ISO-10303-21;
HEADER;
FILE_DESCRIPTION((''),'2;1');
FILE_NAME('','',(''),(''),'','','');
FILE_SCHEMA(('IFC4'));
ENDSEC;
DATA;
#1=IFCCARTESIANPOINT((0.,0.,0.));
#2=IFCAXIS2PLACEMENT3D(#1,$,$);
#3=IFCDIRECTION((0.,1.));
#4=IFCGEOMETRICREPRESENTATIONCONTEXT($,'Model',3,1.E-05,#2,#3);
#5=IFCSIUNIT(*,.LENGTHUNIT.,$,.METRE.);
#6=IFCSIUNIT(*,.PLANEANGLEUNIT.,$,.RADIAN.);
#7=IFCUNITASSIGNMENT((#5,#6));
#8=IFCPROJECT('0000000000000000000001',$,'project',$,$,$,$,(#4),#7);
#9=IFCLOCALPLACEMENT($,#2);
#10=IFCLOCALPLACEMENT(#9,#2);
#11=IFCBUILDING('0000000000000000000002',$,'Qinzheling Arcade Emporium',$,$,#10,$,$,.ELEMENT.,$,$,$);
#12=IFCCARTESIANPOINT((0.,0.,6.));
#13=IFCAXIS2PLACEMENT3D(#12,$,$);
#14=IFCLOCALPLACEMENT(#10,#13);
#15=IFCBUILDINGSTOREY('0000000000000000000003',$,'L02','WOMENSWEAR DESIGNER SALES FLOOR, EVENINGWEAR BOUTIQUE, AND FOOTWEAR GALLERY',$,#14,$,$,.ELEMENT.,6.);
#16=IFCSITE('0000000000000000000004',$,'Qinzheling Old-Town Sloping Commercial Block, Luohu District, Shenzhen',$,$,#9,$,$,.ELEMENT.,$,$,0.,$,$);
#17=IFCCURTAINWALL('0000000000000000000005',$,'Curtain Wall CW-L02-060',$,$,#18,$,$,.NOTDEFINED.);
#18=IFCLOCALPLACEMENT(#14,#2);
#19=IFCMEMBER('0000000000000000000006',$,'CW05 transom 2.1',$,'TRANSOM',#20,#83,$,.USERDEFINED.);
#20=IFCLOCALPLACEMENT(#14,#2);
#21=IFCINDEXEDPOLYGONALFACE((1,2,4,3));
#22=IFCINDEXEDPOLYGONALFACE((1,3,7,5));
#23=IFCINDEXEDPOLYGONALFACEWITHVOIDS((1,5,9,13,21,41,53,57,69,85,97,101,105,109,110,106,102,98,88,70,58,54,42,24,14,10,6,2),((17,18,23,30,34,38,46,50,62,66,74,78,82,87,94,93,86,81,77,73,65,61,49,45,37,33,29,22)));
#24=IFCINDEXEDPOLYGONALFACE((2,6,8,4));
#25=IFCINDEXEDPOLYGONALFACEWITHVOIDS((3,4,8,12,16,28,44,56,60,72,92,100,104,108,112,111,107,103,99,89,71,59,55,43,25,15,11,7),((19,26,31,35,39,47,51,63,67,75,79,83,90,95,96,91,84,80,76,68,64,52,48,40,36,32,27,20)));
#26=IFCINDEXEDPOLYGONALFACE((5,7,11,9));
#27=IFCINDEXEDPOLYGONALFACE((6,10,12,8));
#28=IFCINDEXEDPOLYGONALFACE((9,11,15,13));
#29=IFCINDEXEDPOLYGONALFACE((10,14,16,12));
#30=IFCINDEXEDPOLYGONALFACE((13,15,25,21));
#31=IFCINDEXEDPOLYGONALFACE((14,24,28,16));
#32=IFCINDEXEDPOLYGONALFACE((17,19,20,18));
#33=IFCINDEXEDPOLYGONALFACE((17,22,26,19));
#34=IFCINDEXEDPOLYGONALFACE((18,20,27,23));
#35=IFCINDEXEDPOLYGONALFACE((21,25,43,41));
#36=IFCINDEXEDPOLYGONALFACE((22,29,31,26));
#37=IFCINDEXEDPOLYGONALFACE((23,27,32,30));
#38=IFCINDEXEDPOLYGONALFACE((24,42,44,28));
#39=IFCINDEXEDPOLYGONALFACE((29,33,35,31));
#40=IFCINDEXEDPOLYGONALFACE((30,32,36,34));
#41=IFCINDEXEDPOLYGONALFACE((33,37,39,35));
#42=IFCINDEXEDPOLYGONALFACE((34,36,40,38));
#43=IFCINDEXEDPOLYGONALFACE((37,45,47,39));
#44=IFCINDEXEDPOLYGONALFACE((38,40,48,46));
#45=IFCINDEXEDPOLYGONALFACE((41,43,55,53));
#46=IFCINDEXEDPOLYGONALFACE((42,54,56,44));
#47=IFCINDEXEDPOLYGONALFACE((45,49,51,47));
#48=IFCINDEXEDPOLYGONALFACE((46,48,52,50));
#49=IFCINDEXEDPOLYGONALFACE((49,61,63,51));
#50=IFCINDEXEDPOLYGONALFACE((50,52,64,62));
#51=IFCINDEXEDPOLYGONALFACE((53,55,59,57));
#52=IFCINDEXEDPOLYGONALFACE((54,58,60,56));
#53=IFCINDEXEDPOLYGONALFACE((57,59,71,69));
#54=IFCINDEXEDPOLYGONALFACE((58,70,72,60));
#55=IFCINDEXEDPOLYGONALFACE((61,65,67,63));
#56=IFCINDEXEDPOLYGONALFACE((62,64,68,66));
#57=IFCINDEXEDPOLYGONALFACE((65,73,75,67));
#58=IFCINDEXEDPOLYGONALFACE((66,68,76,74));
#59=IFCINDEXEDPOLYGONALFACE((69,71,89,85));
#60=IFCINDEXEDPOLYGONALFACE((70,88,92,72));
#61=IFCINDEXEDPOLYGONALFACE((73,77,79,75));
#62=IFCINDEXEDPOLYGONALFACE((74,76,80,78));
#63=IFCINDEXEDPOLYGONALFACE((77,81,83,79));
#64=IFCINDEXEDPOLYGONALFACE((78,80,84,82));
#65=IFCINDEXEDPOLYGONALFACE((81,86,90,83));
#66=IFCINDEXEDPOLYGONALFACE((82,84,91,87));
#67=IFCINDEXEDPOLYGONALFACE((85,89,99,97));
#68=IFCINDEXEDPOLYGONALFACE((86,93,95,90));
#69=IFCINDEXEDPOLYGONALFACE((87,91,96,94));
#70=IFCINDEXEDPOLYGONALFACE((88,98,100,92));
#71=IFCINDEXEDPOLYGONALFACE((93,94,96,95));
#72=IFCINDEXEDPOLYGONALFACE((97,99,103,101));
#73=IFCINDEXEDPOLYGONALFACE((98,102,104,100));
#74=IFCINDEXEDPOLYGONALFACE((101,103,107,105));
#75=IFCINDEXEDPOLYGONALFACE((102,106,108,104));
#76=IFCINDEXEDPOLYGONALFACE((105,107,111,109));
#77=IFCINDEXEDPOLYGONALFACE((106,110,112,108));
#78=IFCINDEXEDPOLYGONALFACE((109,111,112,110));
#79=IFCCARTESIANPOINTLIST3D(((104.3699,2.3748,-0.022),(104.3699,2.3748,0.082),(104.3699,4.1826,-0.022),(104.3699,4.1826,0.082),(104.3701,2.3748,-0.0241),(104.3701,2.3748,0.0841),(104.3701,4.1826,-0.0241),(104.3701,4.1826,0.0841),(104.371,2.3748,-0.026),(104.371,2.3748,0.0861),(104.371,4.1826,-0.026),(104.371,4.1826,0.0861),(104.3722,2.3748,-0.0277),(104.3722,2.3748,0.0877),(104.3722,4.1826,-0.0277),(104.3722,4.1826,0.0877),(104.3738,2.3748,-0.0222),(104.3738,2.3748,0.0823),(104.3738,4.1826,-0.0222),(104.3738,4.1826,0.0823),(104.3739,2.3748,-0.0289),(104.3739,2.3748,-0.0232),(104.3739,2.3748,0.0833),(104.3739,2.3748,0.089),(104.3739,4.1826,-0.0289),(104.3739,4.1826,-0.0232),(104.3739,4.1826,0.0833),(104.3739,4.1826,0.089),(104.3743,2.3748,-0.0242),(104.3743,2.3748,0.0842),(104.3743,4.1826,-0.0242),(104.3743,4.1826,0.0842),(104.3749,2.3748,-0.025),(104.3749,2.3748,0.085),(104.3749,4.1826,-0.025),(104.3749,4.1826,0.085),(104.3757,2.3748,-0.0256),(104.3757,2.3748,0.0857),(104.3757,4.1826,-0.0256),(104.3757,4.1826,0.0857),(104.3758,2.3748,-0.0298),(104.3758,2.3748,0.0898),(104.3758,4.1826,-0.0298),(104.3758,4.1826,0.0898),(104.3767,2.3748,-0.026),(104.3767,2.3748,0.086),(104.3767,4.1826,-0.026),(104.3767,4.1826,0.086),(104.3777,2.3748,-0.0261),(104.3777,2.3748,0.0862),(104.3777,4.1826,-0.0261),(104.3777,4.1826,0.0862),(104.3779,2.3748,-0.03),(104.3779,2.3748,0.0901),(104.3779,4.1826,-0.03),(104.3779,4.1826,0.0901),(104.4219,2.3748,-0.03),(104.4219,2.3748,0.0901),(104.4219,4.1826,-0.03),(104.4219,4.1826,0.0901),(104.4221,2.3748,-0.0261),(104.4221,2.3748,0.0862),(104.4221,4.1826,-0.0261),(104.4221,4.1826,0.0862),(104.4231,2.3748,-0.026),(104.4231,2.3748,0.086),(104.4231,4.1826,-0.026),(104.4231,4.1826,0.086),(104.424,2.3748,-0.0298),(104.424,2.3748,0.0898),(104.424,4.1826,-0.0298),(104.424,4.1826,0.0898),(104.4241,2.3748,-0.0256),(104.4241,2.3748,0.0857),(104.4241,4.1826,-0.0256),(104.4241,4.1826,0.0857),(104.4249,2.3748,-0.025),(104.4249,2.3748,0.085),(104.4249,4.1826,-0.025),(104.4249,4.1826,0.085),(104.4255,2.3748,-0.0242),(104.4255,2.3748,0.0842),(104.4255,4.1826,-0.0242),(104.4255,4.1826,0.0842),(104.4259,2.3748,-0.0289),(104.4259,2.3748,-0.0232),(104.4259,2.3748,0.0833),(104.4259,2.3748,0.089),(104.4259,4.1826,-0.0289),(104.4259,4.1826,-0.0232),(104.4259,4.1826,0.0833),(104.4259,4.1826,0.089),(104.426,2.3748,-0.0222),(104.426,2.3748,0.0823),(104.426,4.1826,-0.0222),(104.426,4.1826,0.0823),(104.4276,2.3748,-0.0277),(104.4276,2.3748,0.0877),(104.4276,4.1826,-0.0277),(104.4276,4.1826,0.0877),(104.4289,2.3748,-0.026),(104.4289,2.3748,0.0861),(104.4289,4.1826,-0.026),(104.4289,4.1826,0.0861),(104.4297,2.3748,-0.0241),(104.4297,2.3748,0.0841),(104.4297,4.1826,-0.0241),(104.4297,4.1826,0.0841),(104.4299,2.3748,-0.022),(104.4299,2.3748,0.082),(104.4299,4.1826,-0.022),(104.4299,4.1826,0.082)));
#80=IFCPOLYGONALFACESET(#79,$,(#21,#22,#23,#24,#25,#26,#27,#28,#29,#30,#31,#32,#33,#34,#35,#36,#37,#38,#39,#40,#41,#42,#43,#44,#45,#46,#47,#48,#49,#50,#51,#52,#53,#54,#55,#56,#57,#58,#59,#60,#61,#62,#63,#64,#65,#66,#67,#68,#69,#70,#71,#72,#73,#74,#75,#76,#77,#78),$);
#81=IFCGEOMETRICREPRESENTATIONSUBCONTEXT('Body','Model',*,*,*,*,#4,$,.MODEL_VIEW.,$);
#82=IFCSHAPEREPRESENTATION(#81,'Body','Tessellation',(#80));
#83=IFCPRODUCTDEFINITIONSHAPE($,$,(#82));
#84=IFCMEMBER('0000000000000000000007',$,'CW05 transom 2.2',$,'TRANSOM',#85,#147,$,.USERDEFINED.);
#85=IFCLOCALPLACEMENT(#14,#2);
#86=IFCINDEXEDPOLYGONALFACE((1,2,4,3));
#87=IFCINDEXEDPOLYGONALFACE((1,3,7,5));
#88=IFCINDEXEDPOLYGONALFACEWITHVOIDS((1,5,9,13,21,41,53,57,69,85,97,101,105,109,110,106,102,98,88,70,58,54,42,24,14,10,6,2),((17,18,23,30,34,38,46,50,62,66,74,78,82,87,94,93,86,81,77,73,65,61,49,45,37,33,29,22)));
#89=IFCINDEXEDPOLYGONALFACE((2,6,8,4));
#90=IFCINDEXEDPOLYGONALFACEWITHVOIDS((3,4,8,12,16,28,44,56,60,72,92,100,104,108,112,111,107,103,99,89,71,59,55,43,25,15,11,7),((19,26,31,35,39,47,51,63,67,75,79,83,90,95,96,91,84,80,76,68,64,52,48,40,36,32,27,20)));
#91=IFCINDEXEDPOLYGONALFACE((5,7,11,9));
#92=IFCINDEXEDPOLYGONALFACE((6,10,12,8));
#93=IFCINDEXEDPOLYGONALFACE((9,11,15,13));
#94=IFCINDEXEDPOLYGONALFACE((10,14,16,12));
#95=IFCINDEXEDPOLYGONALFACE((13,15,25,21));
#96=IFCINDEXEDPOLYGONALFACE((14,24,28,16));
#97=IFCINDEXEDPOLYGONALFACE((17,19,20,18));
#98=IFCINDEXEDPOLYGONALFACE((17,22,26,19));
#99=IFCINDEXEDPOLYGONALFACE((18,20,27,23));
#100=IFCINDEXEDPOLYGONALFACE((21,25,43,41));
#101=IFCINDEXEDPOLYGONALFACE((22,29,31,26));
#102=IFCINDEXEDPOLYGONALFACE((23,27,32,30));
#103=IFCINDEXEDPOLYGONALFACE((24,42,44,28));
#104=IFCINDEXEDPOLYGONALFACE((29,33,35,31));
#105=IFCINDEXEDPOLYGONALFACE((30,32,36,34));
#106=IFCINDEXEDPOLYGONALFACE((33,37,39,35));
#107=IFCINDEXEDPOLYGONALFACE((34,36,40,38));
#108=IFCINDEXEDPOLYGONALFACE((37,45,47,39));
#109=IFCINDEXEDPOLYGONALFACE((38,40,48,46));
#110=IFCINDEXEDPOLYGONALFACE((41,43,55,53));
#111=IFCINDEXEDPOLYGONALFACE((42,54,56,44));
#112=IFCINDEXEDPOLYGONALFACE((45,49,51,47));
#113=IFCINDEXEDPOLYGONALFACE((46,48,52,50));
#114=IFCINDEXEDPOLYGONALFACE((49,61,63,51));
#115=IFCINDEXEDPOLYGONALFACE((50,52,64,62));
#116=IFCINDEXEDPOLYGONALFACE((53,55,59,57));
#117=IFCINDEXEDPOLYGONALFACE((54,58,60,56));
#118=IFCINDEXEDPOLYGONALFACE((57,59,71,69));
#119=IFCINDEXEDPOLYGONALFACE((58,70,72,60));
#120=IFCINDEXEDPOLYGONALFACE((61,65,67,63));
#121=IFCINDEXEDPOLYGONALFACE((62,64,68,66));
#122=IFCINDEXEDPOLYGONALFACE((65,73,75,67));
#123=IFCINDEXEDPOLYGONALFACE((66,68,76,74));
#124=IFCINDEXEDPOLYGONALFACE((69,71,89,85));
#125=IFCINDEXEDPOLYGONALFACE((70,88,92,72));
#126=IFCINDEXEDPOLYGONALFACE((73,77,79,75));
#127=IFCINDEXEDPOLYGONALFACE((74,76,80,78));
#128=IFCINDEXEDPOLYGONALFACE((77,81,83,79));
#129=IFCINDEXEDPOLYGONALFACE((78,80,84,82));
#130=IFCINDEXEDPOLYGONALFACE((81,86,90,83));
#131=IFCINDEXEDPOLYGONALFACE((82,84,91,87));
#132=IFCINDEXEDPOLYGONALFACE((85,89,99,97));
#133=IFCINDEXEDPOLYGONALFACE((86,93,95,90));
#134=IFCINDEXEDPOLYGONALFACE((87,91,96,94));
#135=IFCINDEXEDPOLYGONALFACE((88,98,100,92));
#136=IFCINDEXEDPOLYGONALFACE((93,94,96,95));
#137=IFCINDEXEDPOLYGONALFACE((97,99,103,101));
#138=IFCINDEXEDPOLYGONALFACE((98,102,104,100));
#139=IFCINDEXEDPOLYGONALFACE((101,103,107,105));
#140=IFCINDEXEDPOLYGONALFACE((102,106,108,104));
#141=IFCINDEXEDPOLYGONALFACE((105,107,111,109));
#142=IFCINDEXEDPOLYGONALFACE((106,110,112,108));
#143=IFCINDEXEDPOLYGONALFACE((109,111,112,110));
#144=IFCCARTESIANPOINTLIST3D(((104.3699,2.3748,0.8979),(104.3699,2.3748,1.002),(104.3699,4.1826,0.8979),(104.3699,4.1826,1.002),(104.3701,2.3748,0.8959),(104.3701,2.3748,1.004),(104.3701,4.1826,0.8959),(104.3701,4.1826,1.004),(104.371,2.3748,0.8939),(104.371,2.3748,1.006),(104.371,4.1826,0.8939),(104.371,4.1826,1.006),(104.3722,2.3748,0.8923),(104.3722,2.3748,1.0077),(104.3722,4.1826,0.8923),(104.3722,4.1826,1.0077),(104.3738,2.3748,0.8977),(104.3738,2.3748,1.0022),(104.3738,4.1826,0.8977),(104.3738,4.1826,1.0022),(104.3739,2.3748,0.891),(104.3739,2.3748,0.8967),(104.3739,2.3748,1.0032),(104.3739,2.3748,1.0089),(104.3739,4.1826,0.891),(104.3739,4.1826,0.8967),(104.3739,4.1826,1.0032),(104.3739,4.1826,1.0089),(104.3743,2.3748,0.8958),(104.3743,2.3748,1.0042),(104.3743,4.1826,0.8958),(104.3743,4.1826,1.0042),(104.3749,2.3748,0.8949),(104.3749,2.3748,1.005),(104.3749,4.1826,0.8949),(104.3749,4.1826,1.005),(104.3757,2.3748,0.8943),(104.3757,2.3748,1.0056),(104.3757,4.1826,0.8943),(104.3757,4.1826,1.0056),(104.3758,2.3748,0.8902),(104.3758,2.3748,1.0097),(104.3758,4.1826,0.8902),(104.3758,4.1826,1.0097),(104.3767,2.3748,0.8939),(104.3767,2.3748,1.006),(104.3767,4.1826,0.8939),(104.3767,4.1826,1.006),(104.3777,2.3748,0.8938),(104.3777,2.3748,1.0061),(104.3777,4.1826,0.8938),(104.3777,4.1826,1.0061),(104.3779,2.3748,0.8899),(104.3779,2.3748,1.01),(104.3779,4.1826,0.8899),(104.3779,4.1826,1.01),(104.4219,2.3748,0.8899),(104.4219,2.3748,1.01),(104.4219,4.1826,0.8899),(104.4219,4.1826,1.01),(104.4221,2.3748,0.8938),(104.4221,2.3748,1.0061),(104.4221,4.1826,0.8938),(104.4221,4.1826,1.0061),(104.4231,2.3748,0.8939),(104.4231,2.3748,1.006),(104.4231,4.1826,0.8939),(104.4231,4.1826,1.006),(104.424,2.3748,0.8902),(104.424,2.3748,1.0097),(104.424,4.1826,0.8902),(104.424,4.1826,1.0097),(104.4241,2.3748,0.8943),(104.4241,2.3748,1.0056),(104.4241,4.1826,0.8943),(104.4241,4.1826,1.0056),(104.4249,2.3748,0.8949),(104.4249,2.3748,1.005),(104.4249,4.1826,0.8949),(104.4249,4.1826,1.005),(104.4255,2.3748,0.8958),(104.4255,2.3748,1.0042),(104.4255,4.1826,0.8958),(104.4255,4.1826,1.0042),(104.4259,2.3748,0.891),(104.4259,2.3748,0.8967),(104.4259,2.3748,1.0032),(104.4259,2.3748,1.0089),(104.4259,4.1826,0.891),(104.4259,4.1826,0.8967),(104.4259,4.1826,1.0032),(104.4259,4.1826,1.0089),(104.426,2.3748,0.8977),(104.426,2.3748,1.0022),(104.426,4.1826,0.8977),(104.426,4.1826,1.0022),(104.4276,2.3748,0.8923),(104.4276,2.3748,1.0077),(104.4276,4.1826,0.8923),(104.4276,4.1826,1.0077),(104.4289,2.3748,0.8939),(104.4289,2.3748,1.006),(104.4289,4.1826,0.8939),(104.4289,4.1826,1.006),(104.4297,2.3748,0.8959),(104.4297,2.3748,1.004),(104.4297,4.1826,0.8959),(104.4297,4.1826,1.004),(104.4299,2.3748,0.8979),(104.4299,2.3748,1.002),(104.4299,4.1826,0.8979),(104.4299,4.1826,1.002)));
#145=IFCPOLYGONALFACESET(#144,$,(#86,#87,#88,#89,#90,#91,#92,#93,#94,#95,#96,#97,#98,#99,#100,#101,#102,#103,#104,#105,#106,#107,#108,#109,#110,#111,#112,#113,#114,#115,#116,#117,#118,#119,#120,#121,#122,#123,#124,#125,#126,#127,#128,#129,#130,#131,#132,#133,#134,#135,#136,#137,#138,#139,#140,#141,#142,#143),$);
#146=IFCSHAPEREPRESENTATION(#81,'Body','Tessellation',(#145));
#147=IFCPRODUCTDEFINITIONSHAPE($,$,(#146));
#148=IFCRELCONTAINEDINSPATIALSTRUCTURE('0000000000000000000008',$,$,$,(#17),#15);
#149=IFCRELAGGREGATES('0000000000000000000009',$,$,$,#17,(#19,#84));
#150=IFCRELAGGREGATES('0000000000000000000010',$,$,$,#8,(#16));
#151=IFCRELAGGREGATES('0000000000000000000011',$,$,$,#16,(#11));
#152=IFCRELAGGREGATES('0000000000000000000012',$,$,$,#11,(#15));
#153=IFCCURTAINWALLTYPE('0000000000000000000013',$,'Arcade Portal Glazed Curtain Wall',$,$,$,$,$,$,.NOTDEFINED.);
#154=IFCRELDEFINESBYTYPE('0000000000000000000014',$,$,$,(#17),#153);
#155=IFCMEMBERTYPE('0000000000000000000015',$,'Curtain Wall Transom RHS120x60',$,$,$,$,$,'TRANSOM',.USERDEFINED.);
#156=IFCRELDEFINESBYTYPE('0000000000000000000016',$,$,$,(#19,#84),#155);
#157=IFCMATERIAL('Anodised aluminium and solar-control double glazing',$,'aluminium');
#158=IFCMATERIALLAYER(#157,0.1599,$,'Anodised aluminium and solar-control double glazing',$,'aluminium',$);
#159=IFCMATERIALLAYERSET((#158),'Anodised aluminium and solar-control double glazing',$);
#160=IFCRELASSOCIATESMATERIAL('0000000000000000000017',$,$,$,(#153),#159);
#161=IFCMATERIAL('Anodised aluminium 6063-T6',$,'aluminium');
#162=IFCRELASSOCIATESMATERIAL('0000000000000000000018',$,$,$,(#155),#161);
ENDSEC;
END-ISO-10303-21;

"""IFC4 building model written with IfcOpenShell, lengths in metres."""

from ifc_helpers import new_model, si_unit, direction, frame, origin, origin_2d, place, context, subcontext, project, spatial, hollow_rectangle, extrude, material, layer, layer_set, material_profile, profile_set, type_object, element, aggregate, save


model = new_model("IFC4")

# Units and contexts
model_context = context("Model", 3, precision=1e-05, world=origin(), true_north=direction((0.0, 1.0)))
body_context = subcontext(model_context, "Body", "Model", "MODEL_VIEW")
ifc_project = project(units=[si_unit("LENGTHUNIT", "METRE"), si_unit("PLANEANGLEUNIT", "RADIAN")], contexts=[model_context])

# Site, building, storey
site_placement = place(None, origin())
site = spatial("IfcSite", under=ifc_project, at=site_placement, Name="Qinzheling Old-Town Sloping Commercial Block, Luohu District, Shenzhen", CompositionType="ELEMENT", RefElevation=0.0)
building_placement = place(site_placement, origin())
building = spatial("IfcBuilding", under=site, at=building_placement, Name="Qinzheling Arcade Emporium", CompositionType="ELEMENT")
storey_placement = place(building_placement, frame((0.0, 0.0, 6.0)))
storey = spatial("IfcBuildingStorey", under=building, at=storey_placement, Name="L02", Description="WOMENSWEAR DESIGNER SALES FLOOR, EVENINGWEAR BOUTIQUE, AND FOOTWEAR GALLERY", CompositionType="ELEMENT", Elevation=6.0)

# Curtain wall, members
ifc_material_1 = material(Name="Anodised aluminium and solar-control double glazing", Category="aluminium")
ifc_layer_1 = layer(ifc_material_1, 0.1599, Name="Anodised aluminium and solar-control double glazing", Category="aluminium")
ifc_layer_set_1 = layer_set([ifc_layer_1], Name="Anodised aluminium and solar-control double glazing")
curtain_wall_type = type_object("IfcCurtainWallType", Name="Arcade Portal Glazed Curtain Wall", PredefinedType="NOTDEFINED", material=ifc_layer_set_1)
curtain_wall_placement = place(storey_placement, origin())
curtain_wall = element("IfcCurtainWall", 1, at=curtain_wall_placement, inside=storey, type_object=curtain_wall_type, Name="Curtain Wall CW-L02-060", PredefinedType="NOTDEFINED")
ifc_material_2 = material(Name="Anodised aluminium 6063-T6", Category="aluminium")
ifc_material_profile_1 = material_profile(ifc_material_2, hollow_rectangle(XDim=0.0601, YDim=0.1201, WallThickness=0.0039, InnerFilletRadius=0.0039, OuterFilletRadius=0.0081, at=origin_2d()), Name="RHS 120x60x4", Category="aluminium")
ifc_profile_set_1 = profile_set([ifc_material_profile_1], Name="Anodised aluminium 6063-T6")
member_type_1 = type_object("IfcMemberType", Name="Curtain Wall Transom RHS120x60", ElementType="TRANSOM", PredefinedType="USERDEFINED", material=ifc_profile_set_1)
member_1_placement = place(storey_placement, frame((104.3999, 2.3748, 0.03), z_axis=(0.0, 1.0, 0.0), x_axis=(-1.0, 0.0, 0.0)))
member_1 = element("IfcMember", 2, at=member_1_placement, type_object=member_type_1, Name="CW05 transom 2.1", ObjectType="TRANSOM", PredefinedType="USERDEFINED", context=body_context, shape_type="SweptSolid", body=[
    extrude(hollow_rectangle(XDim=0.0601, YDim=0.1201, WallThickness=0.0039, InnerFilletRadius=0.0039, OuterFilletRadius=0.0081, at=origin_2d()), origin(), (0.0, 0.0, 1.0), 1.8079),
])
member_2_placement = place(storey_placement, frame((104.3999, 2.3748, 0.95), z_axis=(0.0, 1.0, 0.0), x_axis=(-1.0, 0.0, 0.0)))
member_2 = element("IfcMember", 3, at=member_2_placement, type_object=member_type_1, Name="CW05 transom 2.2", ObjectType="TRANSOM", PredefinedType="USERDEFINED", context=body_context, shape_type="SweptSolid", body=[
    extrude(hollow_rectangle(XDim=0.0601, YDim=0.1201, WallThickness=0.0039, InnerFilletRadius=0.0039, OuterFilletRadius=0.0081, at=origin_2d()), origin(), (0.0, 0.0, 1.0), 1.8079),
])

aggregate(curtain_wall, [member_1, member_2])

save(model, "model.ifc")
